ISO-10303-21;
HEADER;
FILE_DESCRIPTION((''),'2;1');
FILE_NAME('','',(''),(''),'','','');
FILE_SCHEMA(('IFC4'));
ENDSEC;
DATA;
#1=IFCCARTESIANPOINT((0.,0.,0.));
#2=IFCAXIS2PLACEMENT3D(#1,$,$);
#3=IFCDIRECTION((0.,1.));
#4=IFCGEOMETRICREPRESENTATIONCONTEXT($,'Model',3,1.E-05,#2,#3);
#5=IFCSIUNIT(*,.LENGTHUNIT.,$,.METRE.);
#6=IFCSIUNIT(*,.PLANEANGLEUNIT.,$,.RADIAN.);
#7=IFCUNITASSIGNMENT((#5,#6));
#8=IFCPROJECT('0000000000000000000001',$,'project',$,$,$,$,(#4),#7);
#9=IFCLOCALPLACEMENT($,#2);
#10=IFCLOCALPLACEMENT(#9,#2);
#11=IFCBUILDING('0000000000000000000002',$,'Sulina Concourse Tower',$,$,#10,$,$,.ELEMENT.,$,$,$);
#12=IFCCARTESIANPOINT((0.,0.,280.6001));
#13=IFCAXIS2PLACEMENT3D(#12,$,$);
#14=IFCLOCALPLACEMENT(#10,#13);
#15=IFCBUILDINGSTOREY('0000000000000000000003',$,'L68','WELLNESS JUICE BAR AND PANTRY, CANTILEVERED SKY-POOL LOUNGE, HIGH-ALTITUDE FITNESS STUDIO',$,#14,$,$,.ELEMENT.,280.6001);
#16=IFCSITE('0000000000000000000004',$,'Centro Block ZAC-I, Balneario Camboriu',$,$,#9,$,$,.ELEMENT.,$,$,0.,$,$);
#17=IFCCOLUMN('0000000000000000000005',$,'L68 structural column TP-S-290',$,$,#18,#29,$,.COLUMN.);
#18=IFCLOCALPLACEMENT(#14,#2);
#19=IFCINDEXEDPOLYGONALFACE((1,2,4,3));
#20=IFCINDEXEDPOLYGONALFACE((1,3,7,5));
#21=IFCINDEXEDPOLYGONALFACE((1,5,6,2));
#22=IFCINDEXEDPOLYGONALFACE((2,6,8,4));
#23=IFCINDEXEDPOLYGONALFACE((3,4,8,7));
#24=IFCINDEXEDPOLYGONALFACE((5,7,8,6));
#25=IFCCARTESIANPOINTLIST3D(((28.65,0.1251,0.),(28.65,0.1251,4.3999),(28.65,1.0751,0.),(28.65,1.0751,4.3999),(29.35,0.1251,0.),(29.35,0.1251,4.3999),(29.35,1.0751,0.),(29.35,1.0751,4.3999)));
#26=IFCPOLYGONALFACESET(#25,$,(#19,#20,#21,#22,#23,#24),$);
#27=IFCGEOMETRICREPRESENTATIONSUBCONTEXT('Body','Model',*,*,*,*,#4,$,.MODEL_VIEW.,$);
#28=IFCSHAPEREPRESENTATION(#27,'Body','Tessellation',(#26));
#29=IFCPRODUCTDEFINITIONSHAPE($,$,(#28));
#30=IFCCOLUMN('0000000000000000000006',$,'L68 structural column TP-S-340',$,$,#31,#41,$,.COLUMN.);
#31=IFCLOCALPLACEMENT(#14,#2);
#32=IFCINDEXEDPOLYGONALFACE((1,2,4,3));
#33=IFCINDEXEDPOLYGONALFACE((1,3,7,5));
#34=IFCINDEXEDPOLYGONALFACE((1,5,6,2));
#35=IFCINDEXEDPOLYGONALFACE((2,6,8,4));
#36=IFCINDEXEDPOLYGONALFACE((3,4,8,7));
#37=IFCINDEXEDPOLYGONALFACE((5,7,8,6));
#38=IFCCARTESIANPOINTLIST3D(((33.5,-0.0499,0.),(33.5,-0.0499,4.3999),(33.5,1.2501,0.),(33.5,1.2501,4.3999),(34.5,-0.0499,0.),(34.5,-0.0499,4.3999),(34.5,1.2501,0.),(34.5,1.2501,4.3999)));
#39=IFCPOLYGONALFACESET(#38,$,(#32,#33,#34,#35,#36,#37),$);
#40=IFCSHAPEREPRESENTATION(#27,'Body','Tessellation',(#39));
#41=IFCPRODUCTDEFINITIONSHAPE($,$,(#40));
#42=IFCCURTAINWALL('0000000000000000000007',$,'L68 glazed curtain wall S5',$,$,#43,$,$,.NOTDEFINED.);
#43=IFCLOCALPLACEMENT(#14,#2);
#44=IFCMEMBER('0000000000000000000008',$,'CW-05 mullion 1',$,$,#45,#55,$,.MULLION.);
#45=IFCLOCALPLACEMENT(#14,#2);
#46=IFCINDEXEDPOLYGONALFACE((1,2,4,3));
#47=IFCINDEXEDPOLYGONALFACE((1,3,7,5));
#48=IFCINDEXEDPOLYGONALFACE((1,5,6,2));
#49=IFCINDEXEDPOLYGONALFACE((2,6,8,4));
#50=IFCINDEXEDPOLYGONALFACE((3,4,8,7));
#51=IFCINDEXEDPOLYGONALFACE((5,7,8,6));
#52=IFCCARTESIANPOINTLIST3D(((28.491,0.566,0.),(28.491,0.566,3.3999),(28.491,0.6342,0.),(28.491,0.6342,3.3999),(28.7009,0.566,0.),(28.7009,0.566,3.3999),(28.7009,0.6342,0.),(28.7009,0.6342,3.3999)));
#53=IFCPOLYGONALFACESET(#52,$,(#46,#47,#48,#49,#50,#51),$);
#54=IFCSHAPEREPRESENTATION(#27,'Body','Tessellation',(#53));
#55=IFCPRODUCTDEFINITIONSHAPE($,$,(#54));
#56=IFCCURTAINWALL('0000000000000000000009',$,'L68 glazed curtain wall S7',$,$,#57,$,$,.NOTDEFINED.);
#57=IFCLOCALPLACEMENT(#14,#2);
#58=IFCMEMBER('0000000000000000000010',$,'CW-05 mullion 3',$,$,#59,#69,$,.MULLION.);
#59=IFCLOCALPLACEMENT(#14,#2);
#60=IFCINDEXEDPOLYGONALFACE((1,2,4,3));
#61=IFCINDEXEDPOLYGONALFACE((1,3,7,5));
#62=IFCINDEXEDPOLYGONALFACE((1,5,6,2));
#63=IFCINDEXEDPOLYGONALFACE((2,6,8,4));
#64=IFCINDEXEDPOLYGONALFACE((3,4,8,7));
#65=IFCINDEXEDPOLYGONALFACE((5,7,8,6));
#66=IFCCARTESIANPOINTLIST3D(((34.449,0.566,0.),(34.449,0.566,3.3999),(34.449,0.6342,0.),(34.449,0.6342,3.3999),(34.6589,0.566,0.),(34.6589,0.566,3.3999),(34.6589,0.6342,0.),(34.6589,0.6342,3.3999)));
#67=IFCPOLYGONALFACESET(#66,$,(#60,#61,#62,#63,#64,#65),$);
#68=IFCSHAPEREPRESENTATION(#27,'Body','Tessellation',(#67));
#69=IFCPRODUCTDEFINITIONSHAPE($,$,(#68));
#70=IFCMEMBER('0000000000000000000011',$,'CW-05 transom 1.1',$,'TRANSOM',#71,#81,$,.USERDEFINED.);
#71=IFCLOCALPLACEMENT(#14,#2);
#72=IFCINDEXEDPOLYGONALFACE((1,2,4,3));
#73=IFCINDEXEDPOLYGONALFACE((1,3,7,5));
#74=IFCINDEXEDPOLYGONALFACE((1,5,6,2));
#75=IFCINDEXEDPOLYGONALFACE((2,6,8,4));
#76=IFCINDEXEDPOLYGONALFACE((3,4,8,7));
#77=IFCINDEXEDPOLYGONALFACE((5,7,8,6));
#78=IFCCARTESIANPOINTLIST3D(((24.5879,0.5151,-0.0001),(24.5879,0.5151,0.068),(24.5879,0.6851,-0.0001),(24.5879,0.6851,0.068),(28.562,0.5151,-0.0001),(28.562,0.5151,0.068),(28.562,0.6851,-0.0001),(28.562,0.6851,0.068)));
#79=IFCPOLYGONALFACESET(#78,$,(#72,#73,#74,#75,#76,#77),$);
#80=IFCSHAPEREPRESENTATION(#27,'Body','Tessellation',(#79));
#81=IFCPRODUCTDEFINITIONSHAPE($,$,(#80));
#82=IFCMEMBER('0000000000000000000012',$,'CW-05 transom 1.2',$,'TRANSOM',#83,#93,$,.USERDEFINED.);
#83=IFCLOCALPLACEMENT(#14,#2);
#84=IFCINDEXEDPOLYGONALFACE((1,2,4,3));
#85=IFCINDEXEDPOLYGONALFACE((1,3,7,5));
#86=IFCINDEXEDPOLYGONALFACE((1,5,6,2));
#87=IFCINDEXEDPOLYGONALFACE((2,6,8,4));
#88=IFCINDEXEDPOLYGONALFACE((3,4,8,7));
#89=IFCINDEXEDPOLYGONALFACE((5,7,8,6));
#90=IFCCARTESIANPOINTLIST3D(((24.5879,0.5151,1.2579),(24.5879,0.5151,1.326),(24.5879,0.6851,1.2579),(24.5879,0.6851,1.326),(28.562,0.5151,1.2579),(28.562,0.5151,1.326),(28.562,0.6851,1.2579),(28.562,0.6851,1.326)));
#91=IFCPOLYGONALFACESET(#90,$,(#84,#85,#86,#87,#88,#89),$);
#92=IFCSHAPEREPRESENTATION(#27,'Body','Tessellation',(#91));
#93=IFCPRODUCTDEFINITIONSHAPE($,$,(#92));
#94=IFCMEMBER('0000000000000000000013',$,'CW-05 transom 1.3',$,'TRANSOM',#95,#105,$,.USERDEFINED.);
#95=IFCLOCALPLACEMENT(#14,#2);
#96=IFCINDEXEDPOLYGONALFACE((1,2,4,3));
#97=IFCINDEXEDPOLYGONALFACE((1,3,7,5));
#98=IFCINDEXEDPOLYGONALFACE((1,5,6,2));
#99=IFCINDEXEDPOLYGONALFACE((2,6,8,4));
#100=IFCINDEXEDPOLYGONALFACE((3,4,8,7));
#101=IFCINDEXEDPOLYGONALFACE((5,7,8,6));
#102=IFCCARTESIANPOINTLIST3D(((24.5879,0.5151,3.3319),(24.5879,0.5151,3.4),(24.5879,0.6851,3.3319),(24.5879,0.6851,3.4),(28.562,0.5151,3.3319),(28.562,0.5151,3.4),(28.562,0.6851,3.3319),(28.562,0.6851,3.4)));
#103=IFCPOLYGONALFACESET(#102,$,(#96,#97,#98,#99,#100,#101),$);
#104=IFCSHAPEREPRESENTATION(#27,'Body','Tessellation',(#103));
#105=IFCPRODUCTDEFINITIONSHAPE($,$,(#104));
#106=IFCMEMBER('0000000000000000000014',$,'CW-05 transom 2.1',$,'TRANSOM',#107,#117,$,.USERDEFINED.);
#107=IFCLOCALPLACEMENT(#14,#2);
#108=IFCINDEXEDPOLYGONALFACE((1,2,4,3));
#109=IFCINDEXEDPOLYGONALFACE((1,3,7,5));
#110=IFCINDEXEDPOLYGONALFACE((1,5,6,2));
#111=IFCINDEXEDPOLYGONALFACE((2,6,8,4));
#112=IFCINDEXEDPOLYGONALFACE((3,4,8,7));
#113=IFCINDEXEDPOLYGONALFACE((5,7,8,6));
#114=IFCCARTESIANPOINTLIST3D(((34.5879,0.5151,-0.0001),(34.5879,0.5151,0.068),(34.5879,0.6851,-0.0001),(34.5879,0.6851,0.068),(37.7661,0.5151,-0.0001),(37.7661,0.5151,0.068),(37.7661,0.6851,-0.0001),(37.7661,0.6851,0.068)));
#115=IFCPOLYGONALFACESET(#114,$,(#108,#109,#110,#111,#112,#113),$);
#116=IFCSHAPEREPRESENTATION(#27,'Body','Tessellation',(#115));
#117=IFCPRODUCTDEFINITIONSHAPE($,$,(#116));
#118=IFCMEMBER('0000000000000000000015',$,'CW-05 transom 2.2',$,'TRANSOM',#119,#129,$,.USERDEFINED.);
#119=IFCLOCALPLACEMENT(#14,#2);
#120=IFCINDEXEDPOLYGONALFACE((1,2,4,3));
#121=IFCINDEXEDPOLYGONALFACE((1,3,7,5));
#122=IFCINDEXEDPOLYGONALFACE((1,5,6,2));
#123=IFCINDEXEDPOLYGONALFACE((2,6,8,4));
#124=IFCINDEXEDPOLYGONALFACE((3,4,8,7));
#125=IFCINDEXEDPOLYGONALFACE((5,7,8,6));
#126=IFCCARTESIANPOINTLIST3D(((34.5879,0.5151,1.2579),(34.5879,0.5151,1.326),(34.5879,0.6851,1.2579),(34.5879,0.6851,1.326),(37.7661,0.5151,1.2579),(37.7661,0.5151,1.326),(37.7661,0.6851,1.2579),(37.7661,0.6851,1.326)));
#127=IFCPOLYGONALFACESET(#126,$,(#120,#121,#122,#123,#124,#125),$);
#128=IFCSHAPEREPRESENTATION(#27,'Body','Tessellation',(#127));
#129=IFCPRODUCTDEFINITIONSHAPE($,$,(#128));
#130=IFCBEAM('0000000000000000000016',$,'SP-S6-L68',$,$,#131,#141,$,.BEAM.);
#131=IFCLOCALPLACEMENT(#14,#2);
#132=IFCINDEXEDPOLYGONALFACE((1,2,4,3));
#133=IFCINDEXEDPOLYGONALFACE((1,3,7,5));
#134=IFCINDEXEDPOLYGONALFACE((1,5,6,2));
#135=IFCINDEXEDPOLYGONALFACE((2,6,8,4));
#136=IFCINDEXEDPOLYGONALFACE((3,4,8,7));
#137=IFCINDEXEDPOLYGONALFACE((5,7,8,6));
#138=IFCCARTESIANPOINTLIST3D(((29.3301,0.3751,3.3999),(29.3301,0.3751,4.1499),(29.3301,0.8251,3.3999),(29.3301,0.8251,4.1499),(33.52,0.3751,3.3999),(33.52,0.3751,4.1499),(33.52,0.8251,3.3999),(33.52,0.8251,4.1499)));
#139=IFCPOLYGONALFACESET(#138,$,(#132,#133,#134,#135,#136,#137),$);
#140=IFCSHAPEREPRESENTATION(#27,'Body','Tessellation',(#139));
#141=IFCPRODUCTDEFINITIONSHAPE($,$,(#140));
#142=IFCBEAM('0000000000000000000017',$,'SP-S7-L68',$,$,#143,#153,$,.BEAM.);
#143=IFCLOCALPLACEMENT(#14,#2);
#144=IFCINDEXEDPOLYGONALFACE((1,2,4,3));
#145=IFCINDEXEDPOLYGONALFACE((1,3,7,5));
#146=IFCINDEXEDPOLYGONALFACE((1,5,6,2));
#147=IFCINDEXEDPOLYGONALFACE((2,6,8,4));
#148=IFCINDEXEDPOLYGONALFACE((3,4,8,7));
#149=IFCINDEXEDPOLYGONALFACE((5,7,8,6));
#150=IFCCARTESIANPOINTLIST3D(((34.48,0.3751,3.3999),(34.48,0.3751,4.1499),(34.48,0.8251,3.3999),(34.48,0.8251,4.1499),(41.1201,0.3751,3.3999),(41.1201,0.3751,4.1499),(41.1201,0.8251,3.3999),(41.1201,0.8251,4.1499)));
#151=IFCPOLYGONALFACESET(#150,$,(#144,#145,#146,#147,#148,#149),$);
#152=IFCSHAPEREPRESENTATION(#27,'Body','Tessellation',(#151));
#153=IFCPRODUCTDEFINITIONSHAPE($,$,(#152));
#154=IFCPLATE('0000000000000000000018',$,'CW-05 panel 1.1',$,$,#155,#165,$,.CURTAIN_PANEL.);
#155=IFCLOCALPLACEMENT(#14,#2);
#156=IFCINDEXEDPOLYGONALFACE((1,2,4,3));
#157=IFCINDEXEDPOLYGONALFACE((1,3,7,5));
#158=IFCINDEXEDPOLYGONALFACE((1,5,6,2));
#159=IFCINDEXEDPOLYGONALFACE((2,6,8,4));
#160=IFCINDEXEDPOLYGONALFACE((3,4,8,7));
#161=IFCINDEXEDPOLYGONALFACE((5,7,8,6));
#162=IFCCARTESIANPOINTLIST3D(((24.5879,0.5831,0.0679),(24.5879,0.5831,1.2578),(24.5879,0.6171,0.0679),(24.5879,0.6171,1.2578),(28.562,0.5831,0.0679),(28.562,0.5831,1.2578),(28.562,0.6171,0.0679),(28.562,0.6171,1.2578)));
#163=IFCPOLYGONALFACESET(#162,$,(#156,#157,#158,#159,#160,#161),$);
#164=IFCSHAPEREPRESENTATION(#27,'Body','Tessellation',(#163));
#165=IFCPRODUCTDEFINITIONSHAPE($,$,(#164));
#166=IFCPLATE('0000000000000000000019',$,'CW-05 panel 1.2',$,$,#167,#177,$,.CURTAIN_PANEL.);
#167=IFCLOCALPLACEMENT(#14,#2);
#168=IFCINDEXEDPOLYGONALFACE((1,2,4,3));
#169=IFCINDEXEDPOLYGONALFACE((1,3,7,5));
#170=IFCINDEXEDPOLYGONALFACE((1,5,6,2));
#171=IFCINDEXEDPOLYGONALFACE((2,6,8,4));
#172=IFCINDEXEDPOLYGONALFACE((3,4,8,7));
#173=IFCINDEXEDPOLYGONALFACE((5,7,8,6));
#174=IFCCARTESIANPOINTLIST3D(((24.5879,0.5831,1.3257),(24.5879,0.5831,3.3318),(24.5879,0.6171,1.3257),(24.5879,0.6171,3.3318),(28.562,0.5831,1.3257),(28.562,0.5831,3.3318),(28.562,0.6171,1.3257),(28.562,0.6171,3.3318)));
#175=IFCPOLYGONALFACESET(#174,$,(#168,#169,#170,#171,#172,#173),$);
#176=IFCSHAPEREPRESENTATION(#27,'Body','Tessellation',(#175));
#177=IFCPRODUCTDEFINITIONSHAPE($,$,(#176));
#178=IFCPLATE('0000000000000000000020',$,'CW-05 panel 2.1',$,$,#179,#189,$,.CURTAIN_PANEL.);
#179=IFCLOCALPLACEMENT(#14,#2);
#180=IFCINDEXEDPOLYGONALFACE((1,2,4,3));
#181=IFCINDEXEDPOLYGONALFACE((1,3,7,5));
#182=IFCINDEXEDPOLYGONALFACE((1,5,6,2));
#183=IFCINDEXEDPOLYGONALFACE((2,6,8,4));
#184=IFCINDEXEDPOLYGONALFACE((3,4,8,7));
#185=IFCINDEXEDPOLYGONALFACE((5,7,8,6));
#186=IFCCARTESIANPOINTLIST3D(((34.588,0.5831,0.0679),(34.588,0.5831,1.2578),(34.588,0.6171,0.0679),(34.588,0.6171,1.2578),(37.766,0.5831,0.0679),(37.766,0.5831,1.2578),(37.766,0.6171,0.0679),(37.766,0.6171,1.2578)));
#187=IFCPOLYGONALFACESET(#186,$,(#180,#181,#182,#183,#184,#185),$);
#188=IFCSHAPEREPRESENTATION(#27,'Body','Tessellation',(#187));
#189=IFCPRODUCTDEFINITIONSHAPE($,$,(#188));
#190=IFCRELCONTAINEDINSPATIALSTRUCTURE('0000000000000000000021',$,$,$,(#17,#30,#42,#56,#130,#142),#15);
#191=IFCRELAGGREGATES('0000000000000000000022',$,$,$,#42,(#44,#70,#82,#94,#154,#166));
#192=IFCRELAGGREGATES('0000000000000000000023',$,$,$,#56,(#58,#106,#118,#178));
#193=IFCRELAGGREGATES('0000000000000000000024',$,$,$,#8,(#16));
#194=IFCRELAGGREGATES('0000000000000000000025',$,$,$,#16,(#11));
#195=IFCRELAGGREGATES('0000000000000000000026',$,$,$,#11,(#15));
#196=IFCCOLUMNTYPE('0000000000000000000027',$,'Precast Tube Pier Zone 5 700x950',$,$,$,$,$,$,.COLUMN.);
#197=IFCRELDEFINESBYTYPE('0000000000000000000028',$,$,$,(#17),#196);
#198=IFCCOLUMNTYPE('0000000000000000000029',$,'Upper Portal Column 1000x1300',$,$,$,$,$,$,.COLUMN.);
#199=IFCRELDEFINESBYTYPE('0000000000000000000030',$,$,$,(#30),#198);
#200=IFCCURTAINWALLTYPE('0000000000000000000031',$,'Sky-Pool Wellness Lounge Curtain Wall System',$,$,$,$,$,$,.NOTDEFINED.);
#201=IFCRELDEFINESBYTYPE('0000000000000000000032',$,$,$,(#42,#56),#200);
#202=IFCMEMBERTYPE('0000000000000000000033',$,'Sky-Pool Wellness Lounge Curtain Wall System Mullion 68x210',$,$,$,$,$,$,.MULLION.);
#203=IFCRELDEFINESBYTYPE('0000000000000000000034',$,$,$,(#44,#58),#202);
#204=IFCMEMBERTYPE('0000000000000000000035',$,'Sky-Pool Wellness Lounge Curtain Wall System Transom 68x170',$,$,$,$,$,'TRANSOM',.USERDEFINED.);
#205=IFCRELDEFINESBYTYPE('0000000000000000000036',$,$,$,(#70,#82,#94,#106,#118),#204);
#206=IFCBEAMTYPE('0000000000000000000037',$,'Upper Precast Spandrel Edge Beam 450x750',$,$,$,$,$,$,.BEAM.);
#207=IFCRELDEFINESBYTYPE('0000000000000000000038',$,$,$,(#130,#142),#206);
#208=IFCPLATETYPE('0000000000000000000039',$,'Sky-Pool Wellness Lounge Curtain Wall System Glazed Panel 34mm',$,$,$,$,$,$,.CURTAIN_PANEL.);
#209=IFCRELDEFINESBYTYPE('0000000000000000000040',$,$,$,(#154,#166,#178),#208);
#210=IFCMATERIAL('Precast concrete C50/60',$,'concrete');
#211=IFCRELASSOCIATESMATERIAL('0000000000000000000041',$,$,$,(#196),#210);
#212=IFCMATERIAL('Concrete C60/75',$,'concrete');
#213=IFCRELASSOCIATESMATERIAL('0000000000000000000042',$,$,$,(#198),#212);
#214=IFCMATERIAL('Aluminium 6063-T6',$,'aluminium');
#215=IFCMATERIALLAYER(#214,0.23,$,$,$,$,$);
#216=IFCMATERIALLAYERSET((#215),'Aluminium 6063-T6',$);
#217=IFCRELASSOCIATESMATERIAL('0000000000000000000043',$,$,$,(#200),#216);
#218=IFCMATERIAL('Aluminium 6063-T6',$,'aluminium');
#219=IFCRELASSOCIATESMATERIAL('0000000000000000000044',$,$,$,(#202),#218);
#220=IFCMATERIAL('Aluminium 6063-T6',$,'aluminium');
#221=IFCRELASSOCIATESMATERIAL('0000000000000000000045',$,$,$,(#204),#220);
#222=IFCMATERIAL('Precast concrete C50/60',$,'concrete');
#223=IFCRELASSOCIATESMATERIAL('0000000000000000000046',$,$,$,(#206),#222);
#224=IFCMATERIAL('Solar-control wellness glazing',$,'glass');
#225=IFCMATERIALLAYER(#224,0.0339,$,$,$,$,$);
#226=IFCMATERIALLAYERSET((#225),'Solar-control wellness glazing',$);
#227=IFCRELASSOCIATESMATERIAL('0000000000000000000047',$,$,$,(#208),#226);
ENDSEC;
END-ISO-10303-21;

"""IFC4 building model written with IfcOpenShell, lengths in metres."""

from ifc_helpers import new_model, si_unit, direction, frame, origin, origin_2d, place, context, subcontext, project, spatial, rectangle, extrude, material, layer, layer_set, material_profile, profile_set, type_object, element, aggregate, save


model = new_model("IFC4")

# Units and contexts
model_context = context("Model", 3, precision=1e-05, world=origin(), true_north=direction((0.0, 1.0)))
body_context = subcontext(model_context, "Body", "Model", "MODEL_VIEW")
ifc_project = project(units=[si_unit("LENGTHUNIT", "METRE"), si_unit("PLANEANGLEUNIT", "RADIAN")], contexts=[model_context])

# Site, building, storey
site_placement = place(None, origin())
site = spatial("IfcSite", under=ifc_project, at=site_placement, Name="Centro Block ZAC-I, Balneario Camboriu", CompositionType="ELEMENT", RefElevation=0.0)
building_placement = place(site_placement, origin())
building = spatial("IfcBuilding", under=site, at=building_placement, Name="Sulina Concourse Tower", CompositionType="ELEMENT")
storey_placement = place(building_placement, frame((0.0, 0.0, 280.6001)))
storey = spatial("IfcBuildingStorey", under=building, at=storey_placement, Name="L68", Description="WELLNESS JUICE BAR AND PANTRY, CANTILEVERED SKY-POOL LOUNGE, HIGH-ALTITUDE FITNESS STUDIO", CompositionType="ELEMENT", Elevation=280.6001)

# Columns
ifc_material_1 = material(Name="Precast concrete C50/60", Category="concrete")
ifc_material_profile_1 = material_profile(ifc_material_1, rectangle(XDim=0.7, YDim=0.95, at=origin_2d()), Name="PC 700x950")
ifc_profile_set_1 = profile_set([ifc_material_profile_1], Name="Precast concrete C50/60")
column_type_1 = type_object("IfcColumnType", Name="Precast Tube Pier Zone 5 700x950", PredefinedType="COLUMN", material=ifc_profile_set_1)
column_1_placement = place(storey_placement, frame((29.0, 0.6001, 0.0), z_axis=(0.0, 0.0, 1.0), x_axis=(1.0, 0.0, 0.0)))
element("IfcColumn", 1, at=column_1_placement, inside=storey, type_object=column_type_1, Name="L68 structural column TP-S-290", PredefinedType="COLUMN", context=body_context, shape_type="SweptSolid", body=[
    extrude(rectangle(XDim=0.7, YDim=0.95, at=origin_2d()), origin(), (0.0, 0.0, 1.0), 4.3999),
])
ifc_material_2 = material(Name="Concrete C60/75", Category="concrete")
ifc_material_profile_2 = material_profile(ifc_material_2, rectangle(XDim=1.0, YDim=1.3, at=origin_2d()), Name="RC 1000x1300")
ifc_profile_set_2 = profile_set([ifc_material_profile_2], Name="Concrete C60/75")
column_type_2 = type_object("IfcColumnType", Name="Upper Portal Column 1000x1300", PredefinedType="COLUMN", material=ifc_profile_set_2)
column_2_placement = place(storey_placement, frame((34.0, 0.6001, 0.0), z_axis=(0.0, 0.0, 1.0), x_axis=(1.0, 0.0, 0.0)))
element("IfcColumn", 2, at=column_2_placement, inside=storey, type_object=column_type_2, Name="L68 structural column TP-S-340", PredefinedType="COLUMN", context=body_context, shape_type="SweptSolid", body=[
    extrude(rectangle(XDim=1.0, YDim=1.3, at=origin_2d()), origin(), (0.0, 0.0, 1.0), 4.3999),
])

# Curtain walls, members
ifc_material_3 = material(Name="Aluminium 6063-T6", Category="aluminium")
ifc_layer_1 = layer(ifc_material_3, 0.23)
ifc_layer_set_1 = layer_set([ifc_layer_1], Name="Aluminium 6063-T6")
curtain_wall_type = type_object("IfcCurtainWallType", Name="Sky-Pool Wellness Lounge Curtain Wall System", PredefinedType="NOTDEFINED", material=ifc_layer_set_1)
curtain_wall_1_placement = place(storey_placement, origin())
curtain_wall_1 = element("IfcCurtainWall", 3, at=curtain_wall_1_placement, inside=storey, type_object=curtain_wall_type, Name="L68 glazed curtain wall S5", PredefinedType="NOTDEFINED")
ifc_material_4 = material(Name="Aluminium 6063-T6", Category="aluminium")
ifc_material_profile_3 = material_profile(ifc_material_4, rectangle(XDim=0.0681, YDim=0.21, at=origin_2d()), Name="MUL 68x210")
ifc_profile_set_3 = profile_set([ifc_material_profile_3], Name="Aluminium 6063-T6")
member_type_1 = type_object("IfcMemberType", Name="Sky-Pool Wellness Lounge Curtain Wall System Mullion 68x210", PredefinedType="MULLION", material=ifc_profile_set_3)
member_1_placement = place(storey_placement, frame((28.5959, 0.6001, 0.0), z_axis=(0.0, 0.0, 1.0), x_axis=(0.0, -1.0, 0.0)))
member_1 = element("IfcMember", 4, at=member_1_placement, type_object=member_type_1, Name="CW-05 mullion 1", PredefinedType="MULLION", context=body_context, shape_type="SweptSolid", body=[
    extrude(rectangle(XDim=0.0681, YDim=0.21, at=origin_2d()), origin(), (0.0, 0.0, 1.0), 3.3999),
])
curtain_wall_2_placement = place(storey_placement, origin())
curtain_wall_2 = element("IfcCurtainWall", 5, at=curtain_wall_2_placement, inside=storey, type_object=curtain_wall_type, Name="L68 glazed curtain wall S7", PredefinedType="NOTDEFINED")
member_2_placement = place(storey_placement, frame((34.554, 0.6001, 0.0), z_axis=(0.0, 0.0, 1.0), x_axis=(0.0, -1.0, 0.0)))
member_2 = element("IfcMember", 6, at=member_2_placement, type_object=member_type_1, Name="CW-05 mullion 3", PredefinedType="MULLION", context=body_context, shape_type="SweptSolid", body=[
    extrude(rectangle(XDim=0.0681, YDim=0.21, at=origin_2d()), origin(), (0.0, 0.0, 1.0), 3.3999),
])

# Members
ifc_material_5 = material(Name="Aluminium 6063-T6", Category="aluminium")
ifc_material_profile_4 = material_profile(ifc_material_5, rectangle(XDim=0.1699, YDim=0.0681, at=origin_2d()), Name="TRN 68x170")
ifc_profile_set_4 = profile_set([ifc_material_profile_4], Name="Aluminium 6063-T6")
member_type_2 = type_object("IfcMemberType", Name="Sky-Pool Wellness Lounge Curtain Wall System Transom 68x170", ElementType="TRANSOM", PredefinedType="USERDEFINED", material=ifc_profile_set_4)
member_3_placement = place(storey_placement, frame((28.562, 0.6001, 0.0339), z_axis=(-1.0, 0.0, 0.0), x_axis=(0.0, -1.0, 0.0)))
member_3 = element("IfcMember", 7, at=member_3_placement, type_object=member_type_2, Name="CW-05 transom 1.1", ObjectType="TRANSOM", PredefinedType="USERDEFINED", context=body_context, shape_type="SweptSolid", body=[
    extrude(rectangle(XDim=0.1699, YDim=0.0681, at=origin_2d()), origin(), (0.0, 0.0, 1.0), 3.9741),
])
member_4_placement = place(storey_placement, frame((28.562, 0.6001, 1.292), z_axis=(-1.0, 0.0, 0.0), x_axis=(0.0, -1.0, 0.0)))
member_4 = element("IfcMember", 8, at=member_4_placement, type_object=member_type_2, Name="CW-05 transom 1.2", ObjectType="TRANSOM", PredefinedType="USERDEFINED", context=body_context, shape_type="SweptSolid", body=[
    extrude(rectangle(XDim=0.1699, YDim=0.0681, at=origin_2d()), origin(), (0.0, 0.0, 1.0), 3.9741),
])
member_5_placement = place(storey_placement, frame((28.562, 0.6001, 3.366), z_axis=(-1.0, 0.0, 0.0), x_axis=(0.0, -1.0, 0.0)))
member_5 = element("IfcMember", 9, at=member_5_placement, type_object=member_type_2, Name="CW-05 transom 1.3", ObjectType="TRANSOM", PredefinedType="USERDEFINED", context=body_context, shape_type="SweptSolid", body=[
    extrude(rectangle(XDim=0.1699, YDim=0.0681, at=origin_2d()), origin(), (0.0, 0.0, 1.0), 3.9741),
])
member_6_placement = place(storey_placement, frame((37.7661, 0.6001, 0.0339), z_axis=(-1.0, 0.0, 0.0), x_axis=(0.0, -1.0, 0.0)))
member_6 = element("IfcMember", 10, at=member_6_placement, type_object=member_type_2, Name="CW-05 transom 2.1", ObjectType="TRANSOM", PredefinedType="USERDEFINED", context=body_context, shape_type="SweptSolid", body=[
    extrude(rectangle(XDim=0.1699, YDim=0.0681, at=origin_2d()), origin(), (0.0, 0.0, 1.0), 3.1782),
])
member_7_placement = place(storey_placement, frame((37.7661, 0.6001, 1.292), z_axis=(-1.0, 0.0, 0.0), x_axis=(0.0, -1.0, 0.0)))
member_7 = element("IfcMember", 11, at=member_7_placement, type_object=member_type_2, Name="CW-05 transom 2.2", ObjectType="TRANSOM", PredefinedType="USERDEFINED", context=body_context, shape_type="SweptSolid", body=[
    extrude(rectangle(XDim=0.1699, YDim=0.0681, at=origin_2d()), origin(), (0.0, 0.0, 1.0), 3.1782),
])

# Beams
ifc_material_6 = material(Name="Precast concrete C50/60", Category="concrete")
ifc_material_profile_5 = material_profile(ifc_material_6, rectangle(XDim=0.45, YDim=0.75, at=origin_2d()), Name="RC 450x750")
ifc_profile_set_5 = profile_set([ifc_material_profile_5], Name="Precast concrete C50/60")
beam_type = type_object("IfcBeamType", Name="Upper Precast Spandrel Edge Beam 450x750", PredefinedType="BEAM", material=ifc_profile_set_5)
beam_1_placement = place(storey_placement, frame((29.3301, 0.6001, 3.7749), z_axis=(1.0, 0.0, 0.0), x_axis=(0.0, 1.0, 0.0)))
element("IfcBeam", 12, at=beam_1_placement, inside=storey, type_object=beam_type, Name="SP-S6-L68", PredefinedType="BEAM", context=body_context, shape_type="SweptSolid", body=[
    extrude(rectangle(XDim=0.45, YDim=0.75, at=origin_2d()), origin(), (0.0, 0.0, 1.0), 4.1899),
])
beam_2_placement = place(storey_placement, frame((34.48, 0.6001, 3.7749), z_axis=(1.0, 0.0, 0.0), x_axis=(0.0, 1.0, 0.0)))
element("IfcBeam", 13, at=beam_2_placement, inside=storey, type_object=beam_type, Name="SP-S7-L68", PredefinedType="BEAM", context=body_context, shape_type="SweptSolid", body=[
    extrude(rectangle(XDim=0.45, YDim=0.75, at=origin_2d()), origin(), (0.0, 0.0, 1.0), 6.6401),
])

# Plates
ifc_material_7 = material(Name="Solar-control wellness glazing", Category="glass")
ifc_layer_2 = layer(ifc_material_7, 0.0339)
ifc_layer_set_2 = layer_set([ifc_layer_2], Name="Solar-control wellness glazing")
plate_type = type_object("IfcPlateType", Name="Sky-Pool Wellness Lounge Curtain Wall System Glazed Panel 34mm", PredefinedType="CURTAIN_PANEL", material=ifc_layer_set_2)
plate_1_placement = place(storey_placement, frame((26.575, 0.6001, 0.0679), z_axis=(0.0, 0.0, 1.0), x_axis=(-1.0, 0.0, 0.0)))
plate_1 = element("IfcPlate", 14, at=plate_1_placement, type_object=plate_type, Name="CW-05 panel 1.1", PredefinedType="CURTAIN_PANEL", context=body_context, shape_type="SweptSolid", body=[
    extrude(rectangle(XDim=3.9741, YDim=0.0339, at=origin_2d()), origin(), (0.0, 0.0, 1.0), 1.1899),
])
plate_2_placement = place(storey_placement, frame((26.575, 0.6001, 1.3257), z_axis=(0.0, 0.0, 1.0), x_axis=(-1.0, 0.0, 0.0)))
plate_2 = element("IfcPlate", 15, at=plate_2_placement, type_object=plate_type, Name="CW-05 panel 1.2", PredefinedType="CURTAIN_PANEL", context=body_context, shape_type="SweptSolid", body=[
    extrude(rectangle(XDim=3.9741, YDim=0.0339, at=origin_2d()), origin(), (0.0, 0.0, 1.0), 2.0061),
])
aggregate(curtain_wall_1, [member_1, member_3, member_4, member_5, plate_1, plate_2])
plate_3_placement = place(storey_placement, frame((36.177, 0.6001, 0.0679), z_axis=(0.0, 0.0, 1.0), x_axis=(-1.0, 0.0, 0.0)))
plate_3 = element("IfcPlate", 16, at=plate_3_placement, type_object=plate_type, Name="CW-05 panel 2.1", PredefinedType="CURTAIN_PANEL", context=body_context, shape_type="SweptSolid", body=[
    extrude(rectangle(XDim=3.178, YDim=0.0339, at=origin_2d()), origin(), (0.0, 0.0, 1.0), 1.1899),
])
aggregate(curtain_wall_2, [member_2, member_6, member_7, plate_3])

save(model, "model.ifc")
